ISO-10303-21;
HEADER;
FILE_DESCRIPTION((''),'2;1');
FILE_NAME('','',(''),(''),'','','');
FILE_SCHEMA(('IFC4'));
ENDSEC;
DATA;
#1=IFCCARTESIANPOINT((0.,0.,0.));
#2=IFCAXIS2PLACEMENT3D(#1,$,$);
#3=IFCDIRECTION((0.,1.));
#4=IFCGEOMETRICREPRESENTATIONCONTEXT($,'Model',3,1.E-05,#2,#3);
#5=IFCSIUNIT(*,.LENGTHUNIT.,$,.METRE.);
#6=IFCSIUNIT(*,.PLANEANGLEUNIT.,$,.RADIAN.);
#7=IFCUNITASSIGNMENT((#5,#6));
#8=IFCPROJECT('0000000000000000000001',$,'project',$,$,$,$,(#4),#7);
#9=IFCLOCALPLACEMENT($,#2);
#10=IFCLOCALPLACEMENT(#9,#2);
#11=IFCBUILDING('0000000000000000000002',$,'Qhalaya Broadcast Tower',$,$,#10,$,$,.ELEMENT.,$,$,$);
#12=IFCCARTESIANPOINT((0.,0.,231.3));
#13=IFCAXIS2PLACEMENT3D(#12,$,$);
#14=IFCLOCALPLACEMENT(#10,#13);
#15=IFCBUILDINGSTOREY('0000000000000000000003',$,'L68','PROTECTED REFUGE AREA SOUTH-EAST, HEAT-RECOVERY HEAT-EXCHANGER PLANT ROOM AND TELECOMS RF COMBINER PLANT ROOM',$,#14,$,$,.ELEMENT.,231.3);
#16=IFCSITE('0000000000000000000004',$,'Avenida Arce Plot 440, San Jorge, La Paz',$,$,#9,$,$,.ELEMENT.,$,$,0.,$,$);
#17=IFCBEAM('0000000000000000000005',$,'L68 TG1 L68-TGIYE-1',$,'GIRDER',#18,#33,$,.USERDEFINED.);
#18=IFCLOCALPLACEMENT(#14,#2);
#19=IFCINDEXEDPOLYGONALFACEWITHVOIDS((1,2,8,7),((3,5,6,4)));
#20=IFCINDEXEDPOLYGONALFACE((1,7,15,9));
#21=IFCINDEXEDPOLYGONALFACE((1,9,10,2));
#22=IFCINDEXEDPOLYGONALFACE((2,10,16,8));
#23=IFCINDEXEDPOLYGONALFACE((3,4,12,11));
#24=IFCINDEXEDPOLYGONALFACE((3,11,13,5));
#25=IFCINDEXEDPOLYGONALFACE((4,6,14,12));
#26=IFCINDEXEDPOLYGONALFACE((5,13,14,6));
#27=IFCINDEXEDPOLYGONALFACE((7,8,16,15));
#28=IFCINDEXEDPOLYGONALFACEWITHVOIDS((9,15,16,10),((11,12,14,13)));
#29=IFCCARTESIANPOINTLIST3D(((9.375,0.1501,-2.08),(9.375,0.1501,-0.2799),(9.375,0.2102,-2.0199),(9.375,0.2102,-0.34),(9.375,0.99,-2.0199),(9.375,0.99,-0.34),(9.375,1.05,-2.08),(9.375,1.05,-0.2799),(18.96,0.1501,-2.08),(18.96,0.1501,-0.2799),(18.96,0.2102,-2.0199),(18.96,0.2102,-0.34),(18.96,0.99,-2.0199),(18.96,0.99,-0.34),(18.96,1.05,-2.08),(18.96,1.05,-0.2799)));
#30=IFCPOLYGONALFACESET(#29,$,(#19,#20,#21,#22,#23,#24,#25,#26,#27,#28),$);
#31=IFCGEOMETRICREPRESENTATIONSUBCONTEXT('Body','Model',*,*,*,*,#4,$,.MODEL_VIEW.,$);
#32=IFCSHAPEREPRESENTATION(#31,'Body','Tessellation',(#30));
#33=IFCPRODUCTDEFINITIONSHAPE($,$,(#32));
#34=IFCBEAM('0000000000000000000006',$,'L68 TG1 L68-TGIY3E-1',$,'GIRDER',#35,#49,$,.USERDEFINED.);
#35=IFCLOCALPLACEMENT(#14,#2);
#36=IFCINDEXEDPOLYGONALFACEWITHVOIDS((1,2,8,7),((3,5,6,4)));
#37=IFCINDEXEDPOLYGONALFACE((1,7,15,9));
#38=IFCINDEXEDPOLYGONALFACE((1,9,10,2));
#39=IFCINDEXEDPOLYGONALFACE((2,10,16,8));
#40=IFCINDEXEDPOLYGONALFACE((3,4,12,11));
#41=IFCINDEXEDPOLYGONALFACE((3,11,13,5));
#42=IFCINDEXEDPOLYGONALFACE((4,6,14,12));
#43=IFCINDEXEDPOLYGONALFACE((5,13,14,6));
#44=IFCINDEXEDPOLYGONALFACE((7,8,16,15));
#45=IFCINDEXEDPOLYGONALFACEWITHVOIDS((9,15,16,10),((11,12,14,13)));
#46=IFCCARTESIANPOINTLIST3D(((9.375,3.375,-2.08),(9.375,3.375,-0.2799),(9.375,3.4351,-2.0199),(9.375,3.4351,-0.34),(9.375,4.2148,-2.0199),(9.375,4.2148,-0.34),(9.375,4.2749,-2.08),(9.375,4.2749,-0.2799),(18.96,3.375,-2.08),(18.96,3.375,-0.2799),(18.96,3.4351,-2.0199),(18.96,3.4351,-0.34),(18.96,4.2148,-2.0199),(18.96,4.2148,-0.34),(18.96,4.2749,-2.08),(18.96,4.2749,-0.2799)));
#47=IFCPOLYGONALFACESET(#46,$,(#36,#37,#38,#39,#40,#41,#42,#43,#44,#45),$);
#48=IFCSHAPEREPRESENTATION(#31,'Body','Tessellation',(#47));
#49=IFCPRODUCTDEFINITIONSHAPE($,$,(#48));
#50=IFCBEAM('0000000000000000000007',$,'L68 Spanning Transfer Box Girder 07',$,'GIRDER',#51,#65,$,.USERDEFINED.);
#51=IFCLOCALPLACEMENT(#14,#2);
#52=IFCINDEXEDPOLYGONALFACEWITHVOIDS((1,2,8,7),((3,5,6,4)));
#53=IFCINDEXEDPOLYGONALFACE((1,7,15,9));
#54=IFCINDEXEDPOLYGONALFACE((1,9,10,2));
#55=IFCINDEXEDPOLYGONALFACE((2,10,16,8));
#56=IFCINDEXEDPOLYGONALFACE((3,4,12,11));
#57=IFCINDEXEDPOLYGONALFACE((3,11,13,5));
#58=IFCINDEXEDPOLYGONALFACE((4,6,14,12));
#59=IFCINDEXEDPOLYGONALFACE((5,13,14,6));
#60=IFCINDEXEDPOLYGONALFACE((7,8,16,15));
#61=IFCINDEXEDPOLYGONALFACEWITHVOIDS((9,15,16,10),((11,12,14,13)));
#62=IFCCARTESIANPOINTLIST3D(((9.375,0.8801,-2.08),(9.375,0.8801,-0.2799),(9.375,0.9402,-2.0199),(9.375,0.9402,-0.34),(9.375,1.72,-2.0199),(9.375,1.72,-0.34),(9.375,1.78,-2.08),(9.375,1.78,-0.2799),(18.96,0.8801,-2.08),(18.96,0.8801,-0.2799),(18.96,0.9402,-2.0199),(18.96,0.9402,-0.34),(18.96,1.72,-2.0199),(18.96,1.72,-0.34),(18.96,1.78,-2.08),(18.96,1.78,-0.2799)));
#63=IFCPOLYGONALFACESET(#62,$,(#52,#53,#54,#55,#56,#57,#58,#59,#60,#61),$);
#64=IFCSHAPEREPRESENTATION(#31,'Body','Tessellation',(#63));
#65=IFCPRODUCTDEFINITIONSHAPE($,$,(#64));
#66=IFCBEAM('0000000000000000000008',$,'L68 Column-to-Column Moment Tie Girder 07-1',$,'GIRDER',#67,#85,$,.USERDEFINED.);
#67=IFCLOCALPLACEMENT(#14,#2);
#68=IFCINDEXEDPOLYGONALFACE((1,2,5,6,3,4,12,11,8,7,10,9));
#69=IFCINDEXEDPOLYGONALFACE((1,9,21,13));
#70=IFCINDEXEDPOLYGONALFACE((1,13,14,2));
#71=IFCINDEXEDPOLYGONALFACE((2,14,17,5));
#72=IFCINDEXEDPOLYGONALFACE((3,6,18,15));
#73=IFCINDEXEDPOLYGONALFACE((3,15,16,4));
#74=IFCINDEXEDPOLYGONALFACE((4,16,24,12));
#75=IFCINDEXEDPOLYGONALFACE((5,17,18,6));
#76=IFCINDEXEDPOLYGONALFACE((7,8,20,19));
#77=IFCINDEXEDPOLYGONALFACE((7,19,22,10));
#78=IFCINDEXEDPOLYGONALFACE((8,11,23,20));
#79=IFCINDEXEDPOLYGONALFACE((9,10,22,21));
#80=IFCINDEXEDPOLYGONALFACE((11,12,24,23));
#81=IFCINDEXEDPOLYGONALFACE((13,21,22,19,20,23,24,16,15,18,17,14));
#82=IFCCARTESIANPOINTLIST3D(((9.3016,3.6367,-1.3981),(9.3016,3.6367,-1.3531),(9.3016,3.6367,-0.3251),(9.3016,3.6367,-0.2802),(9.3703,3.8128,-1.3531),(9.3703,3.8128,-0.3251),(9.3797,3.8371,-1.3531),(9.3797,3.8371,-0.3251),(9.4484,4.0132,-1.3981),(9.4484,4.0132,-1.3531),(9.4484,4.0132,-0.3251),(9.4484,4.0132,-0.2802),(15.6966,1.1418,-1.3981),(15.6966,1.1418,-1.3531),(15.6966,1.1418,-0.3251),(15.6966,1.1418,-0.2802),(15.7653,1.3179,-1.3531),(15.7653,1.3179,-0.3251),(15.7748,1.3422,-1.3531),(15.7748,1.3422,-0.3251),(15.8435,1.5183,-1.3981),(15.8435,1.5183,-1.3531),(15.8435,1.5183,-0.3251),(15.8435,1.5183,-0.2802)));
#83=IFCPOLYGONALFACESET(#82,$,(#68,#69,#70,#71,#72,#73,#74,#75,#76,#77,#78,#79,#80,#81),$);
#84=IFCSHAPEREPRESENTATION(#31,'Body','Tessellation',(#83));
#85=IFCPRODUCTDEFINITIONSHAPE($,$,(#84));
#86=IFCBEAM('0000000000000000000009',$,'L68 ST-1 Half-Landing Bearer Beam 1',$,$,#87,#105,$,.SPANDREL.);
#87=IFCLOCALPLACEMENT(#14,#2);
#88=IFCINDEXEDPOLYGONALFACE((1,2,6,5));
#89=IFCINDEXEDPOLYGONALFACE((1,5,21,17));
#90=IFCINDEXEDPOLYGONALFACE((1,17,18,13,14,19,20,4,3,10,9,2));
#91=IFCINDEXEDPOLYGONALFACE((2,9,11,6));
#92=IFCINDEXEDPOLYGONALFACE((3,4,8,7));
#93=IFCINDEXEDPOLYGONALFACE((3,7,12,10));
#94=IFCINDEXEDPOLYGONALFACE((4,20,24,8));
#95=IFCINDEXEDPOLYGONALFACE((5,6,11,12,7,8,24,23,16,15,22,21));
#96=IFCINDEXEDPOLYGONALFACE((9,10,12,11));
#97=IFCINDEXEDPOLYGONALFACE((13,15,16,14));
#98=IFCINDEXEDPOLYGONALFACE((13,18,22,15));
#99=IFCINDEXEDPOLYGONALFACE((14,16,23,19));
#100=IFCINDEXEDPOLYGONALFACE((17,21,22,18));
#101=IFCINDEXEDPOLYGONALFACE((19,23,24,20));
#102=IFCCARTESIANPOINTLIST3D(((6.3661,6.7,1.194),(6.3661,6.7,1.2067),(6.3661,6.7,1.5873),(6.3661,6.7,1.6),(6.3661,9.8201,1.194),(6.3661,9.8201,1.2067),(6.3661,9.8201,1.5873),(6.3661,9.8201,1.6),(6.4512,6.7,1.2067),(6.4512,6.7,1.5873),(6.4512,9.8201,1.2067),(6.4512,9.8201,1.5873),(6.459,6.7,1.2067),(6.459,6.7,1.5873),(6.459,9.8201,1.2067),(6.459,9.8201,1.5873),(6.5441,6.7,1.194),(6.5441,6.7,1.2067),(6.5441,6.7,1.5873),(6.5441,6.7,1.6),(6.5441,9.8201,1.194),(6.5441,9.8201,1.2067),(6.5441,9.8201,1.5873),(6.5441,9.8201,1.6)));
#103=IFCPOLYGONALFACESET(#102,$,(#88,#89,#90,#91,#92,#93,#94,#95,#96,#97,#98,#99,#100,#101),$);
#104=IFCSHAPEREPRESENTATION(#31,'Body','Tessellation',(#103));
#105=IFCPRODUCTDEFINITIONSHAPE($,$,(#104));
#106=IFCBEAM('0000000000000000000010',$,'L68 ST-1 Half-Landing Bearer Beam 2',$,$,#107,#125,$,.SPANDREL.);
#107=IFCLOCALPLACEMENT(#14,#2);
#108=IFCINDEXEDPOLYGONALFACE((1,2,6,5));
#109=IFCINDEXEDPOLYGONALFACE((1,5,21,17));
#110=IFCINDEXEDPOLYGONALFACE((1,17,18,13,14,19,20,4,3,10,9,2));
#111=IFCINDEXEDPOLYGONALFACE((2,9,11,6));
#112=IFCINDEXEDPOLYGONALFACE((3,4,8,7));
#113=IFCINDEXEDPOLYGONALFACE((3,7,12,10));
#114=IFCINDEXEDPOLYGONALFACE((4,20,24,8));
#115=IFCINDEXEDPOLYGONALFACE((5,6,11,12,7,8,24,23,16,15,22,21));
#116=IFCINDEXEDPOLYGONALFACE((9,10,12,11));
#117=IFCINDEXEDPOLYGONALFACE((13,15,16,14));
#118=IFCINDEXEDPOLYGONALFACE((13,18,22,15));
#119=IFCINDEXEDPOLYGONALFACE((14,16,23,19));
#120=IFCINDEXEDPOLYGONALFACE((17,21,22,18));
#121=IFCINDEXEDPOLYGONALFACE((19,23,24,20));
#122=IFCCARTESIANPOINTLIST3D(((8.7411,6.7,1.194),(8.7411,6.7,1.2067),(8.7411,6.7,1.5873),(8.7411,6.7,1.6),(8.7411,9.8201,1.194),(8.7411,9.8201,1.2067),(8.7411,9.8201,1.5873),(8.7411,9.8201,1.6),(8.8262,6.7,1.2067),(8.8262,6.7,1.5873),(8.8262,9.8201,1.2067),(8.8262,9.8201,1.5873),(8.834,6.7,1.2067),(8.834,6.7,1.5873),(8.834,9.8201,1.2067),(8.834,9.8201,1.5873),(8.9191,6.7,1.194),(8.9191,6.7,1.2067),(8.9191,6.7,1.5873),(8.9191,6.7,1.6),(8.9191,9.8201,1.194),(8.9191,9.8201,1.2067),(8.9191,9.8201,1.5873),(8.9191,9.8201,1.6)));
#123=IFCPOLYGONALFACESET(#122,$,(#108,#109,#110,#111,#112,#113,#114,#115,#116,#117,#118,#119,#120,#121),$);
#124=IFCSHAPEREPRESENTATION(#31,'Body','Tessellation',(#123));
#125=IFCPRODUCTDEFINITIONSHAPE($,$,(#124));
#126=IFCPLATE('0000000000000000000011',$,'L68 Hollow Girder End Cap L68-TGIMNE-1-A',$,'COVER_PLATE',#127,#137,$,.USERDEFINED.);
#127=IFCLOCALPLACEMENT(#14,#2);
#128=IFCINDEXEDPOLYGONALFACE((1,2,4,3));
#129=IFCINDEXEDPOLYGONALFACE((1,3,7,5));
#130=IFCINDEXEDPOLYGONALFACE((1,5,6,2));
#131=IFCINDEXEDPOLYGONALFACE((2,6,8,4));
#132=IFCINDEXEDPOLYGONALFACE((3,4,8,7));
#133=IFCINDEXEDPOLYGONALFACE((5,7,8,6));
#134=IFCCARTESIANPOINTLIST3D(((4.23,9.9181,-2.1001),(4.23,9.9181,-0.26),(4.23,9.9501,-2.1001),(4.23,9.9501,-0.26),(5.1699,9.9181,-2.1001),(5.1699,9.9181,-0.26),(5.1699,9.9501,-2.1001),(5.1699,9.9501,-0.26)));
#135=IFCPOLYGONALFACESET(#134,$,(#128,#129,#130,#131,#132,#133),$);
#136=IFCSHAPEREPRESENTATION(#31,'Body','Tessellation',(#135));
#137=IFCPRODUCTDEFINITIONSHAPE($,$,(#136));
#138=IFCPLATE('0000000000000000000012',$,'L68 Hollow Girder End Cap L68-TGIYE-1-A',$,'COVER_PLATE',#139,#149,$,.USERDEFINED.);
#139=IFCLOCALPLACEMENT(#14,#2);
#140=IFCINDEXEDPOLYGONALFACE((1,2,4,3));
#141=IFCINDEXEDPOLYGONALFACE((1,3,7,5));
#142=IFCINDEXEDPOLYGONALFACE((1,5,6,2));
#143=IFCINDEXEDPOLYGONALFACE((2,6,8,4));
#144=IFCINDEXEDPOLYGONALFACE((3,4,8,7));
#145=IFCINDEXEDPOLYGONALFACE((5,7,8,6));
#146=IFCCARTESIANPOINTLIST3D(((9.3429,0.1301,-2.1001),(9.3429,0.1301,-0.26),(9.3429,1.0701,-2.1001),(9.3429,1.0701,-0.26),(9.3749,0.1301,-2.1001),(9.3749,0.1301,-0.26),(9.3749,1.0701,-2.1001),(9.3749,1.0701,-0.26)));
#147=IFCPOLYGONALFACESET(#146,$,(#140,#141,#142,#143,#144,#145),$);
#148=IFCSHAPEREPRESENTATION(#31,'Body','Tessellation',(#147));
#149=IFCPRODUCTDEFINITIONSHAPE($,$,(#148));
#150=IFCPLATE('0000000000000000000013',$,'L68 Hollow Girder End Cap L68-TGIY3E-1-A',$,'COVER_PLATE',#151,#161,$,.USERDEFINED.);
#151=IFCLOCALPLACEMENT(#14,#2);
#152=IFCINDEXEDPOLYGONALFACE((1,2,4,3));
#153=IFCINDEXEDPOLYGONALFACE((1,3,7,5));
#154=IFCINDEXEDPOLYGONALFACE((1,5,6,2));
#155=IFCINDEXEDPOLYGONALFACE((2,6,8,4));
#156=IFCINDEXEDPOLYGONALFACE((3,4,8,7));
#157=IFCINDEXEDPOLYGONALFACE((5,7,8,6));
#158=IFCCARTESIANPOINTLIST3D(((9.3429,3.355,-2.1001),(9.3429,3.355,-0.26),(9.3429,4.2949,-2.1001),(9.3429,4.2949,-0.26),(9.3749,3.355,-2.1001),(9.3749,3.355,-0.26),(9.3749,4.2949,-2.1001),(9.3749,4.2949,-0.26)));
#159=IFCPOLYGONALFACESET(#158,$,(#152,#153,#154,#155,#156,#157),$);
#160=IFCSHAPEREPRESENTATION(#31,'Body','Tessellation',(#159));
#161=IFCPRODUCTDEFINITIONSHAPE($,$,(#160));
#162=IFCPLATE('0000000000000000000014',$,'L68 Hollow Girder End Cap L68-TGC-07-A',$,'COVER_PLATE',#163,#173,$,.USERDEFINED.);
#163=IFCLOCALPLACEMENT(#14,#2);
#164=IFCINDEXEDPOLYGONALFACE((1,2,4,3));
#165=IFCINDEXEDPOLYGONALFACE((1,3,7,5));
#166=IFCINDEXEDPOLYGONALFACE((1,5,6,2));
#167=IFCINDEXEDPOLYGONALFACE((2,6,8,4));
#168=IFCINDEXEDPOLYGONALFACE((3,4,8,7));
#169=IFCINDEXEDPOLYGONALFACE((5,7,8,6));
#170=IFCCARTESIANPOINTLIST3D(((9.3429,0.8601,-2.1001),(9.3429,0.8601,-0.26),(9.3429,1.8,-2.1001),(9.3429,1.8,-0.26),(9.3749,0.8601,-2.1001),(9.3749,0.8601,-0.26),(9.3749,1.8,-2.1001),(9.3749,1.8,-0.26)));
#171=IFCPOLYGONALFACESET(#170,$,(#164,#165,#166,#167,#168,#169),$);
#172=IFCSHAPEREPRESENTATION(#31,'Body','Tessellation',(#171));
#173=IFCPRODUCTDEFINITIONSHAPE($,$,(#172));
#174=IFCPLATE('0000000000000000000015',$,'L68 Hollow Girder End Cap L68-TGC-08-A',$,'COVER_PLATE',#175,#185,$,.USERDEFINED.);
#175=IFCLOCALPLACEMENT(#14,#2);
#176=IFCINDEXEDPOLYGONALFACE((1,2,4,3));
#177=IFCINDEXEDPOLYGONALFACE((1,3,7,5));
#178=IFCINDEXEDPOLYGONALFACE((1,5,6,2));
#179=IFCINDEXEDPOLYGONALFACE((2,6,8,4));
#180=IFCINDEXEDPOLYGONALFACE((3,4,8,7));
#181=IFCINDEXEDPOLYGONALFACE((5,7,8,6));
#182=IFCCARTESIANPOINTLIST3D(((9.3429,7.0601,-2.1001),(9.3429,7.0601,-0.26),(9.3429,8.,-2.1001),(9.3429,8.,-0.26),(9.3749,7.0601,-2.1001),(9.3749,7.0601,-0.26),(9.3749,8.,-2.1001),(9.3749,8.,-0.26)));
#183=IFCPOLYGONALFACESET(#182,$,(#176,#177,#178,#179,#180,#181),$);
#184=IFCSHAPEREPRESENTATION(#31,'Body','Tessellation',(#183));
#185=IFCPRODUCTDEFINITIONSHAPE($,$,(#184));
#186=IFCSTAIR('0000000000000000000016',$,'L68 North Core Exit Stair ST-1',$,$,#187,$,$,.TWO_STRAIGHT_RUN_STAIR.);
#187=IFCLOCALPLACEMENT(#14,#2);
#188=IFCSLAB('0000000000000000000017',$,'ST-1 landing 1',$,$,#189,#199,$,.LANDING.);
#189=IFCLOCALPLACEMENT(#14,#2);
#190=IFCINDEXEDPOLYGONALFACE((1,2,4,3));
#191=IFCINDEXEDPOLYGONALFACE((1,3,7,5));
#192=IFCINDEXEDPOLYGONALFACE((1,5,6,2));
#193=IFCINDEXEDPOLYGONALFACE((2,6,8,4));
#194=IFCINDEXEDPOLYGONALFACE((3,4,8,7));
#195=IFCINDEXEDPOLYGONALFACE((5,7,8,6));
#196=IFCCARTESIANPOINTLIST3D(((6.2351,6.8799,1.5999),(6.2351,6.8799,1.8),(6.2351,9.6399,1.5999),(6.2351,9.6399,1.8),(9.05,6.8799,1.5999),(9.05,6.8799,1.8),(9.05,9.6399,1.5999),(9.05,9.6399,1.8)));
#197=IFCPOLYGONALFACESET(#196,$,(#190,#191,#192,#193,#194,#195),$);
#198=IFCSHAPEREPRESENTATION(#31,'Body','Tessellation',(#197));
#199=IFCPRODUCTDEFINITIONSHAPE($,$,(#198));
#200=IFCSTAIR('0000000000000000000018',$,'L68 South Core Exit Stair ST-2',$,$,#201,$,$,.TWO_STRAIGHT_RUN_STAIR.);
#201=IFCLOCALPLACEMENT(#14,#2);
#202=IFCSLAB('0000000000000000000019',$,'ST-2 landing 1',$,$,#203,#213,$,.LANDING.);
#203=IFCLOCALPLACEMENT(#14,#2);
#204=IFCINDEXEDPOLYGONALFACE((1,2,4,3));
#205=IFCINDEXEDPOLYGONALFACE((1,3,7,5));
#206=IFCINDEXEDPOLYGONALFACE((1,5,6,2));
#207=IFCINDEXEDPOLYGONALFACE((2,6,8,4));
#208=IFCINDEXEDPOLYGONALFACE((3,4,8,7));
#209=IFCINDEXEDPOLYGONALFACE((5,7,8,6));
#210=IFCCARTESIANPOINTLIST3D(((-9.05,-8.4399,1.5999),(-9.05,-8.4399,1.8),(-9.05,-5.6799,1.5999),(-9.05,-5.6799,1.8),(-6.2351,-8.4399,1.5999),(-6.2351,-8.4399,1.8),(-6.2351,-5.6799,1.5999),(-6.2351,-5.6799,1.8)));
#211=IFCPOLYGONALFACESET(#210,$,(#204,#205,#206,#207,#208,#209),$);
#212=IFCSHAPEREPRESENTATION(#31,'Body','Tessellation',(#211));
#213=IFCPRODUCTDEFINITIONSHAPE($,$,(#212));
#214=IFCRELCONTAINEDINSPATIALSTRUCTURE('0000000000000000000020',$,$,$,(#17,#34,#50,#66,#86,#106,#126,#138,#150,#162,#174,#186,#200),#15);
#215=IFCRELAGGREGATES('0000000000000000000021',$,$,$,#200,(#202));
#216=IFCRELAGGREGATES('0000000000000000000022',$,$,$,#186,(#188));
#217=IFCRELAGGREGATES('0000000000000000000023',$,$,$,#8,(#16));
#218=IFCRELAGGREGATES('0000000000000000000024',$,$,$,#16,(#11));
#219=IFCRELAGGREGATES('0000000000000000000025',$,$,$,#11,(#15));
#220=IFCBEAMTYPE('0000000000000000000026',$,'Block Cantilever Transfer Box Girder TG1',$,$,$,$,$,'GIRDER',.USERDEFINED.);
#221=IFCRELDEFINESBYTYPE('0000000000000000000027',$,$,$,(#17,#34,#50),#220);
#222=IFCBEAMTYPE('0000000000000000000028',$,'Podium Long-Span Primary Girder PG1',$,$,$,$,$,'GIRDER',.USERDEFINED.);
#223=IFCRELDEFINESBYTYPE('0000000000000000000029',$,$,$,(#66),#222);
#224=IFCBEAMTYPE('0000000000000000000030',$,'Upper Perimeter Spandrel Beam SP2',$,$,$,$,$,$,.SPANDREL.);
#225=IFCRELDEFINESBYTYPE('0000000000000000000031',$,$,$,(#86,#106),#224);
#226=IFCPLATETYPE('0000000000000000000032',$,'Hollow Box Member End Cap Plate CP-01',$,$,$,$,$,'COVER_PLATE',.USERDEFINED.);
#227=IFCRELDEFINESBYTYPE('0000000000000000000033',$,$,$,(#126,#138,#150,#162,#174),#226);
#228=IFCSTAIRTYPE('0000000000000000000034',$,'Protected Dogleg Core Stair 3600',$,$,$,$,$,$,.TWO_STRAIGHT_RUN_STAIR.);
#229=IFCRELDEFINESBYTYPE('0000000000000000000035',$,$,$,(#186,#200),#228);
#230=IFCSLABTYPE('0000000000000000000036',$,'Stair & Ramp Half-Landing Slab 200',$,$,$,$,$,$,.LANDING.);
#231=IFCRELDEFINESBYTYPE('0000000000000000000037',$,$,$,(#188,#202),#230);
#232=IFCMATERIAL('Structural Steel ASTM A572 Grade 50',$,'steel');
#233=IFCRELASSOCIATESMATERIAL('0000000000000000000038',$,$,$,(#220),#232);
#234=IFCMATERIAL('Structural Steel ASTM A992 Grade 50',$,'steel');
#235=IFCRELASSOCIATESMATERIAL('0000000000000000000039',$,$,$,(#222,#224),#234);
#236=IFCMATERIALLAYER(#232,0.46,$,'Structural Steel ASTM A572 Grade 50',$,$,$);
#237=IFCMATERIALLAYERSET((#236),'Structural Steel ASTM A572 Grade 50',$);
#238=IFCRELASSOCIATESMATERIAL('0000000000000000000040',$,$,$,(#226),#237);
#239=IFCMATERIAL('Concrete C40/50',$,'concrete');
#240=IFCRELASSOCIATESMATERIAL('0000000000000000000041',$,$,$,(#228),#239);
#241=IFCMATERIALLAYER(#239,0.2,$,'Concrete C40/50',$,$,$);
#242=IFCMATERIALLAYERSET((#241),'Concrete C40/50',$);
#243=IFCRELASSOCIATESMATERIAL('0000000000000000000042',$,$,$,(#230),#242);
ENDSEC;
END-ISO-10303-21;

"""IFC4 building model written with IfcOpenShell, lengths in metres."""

from ifc_helpers import new_model, si_unit, direction, frame, origin, origin_2d, place, context, subcontext, project, spatial, polyline, rectangle, hollow_rectangle, i_section, outline, extrude, material, layer, layer_set, material_profile, profile_set, type_object, element, aggregate, save


model = new_model("IFC4")

# Units and contexts
model_context = context("Model", 3, precision=1e-05, world=origin(), true_north=direction((0.0, 1.0)))
body_context = subcontext(model_context, "Body", "Model", "MODEL_VIEW")
ifc_project = project(units=[si_unit("LENGTHUNIT", "METRE"), si_unit("PLANEANGLEUNIT", "RADIAN")], contexts=[model_context])

# Site, building, storey
site_placement = place(None, origin())
site = spatial("IfcSite", under=ifc_project, at=site_placement, Name="Avenida Arce Plot 440, San Jorge, La Paz", CompositionType="ELEMENT", RefElevation=0.0)
building_placement = place(site_placement, origin())
building = spatial("IfcBuilding", under=site, at=building_placement, Name="Qhalaya Broadcast Tower", CompositionType="ELEMENT")
storey_placement = place(building_placement, frame((0.0, 0.0, 231.3)))
storey = spatial("IfcBuildingStorey", under=building, at=storey_placement, Name="L68", Description="PROTECTED REFUGE AREA SOUTH-EAST, HEAT-RECOVERY HEAT-EXCHANGER PLANT ROOM AND TELECOMS RF COMBINER PLANT ROOM", CompositionType="ELEMENT", Elevation=231.3)

# Beams
ifc_material_1 = material(Name="Structural Steel ASTM A572 Grade 50", Category="steel")
ifc_material_profile_1 = material_profile(ifc_material_1, hollow_rectangle(XDim=0.8999, YDim=1.8, WallThickness=0.0601, at=origin_2d()), Name="BOX 900x1800x60")
ifc_profile_set_1 = profile_set([ifc_material_profile_1], Name="Structural Steel ASTM A572 Grade 50")
beam_type_1 = type_object("IfcBeamType", Name="Block Cantilever Transfer Box Girder TG1", ElementType="GIRDER", PredefinedType="USERDEFINED", material=ifc_profile_set_1)
for number, where, z_axis, x_axis, name in (
    (1, (9.375, 0.6001, -1.1799), (1.0, 0.0, 0.0), (0.0, 1.0, 0.0), "L68 TG1 L68-TGIYE-1"),
    (2, (9.375, 3.825, -1.1799), (1.0, 0.0, 0.0), (0.0, 1.0, 0.0), "L68 TG1 L68-TGIY3E-1"),
    (3, (9.375, 1.3301, -1.1799), (1.0, 0.0, 0.0), (0.0, 1.0, 0.0), "L68 Spanning Transfer Box Girder 07"),
):
    element("IfcBeam", number, at=place(storey_placement, frame(where, z_axis=z_axis, x_axis=x_axis)), inside=storey, type_object=beam_type_1, Name=name, ObjectType="GIRDER", PredefinedType="USERDEFINED", context=body_context, shape_type="SweptSolid", body=[
        extrude(hollow_rectangle(XDim=0.8999, YDim=1.8, WallThickness=0.0601, at=origin_2d()), origin(), (0.0, 0.0, 1.0), 9.585),
    ])
ifc_material_2 = material(Name="Structural Steel ASTM A992 Grade 50", Category="steel")
ifc_material_profile_2 = material_profile(ifc_material_2, i_section(OverallWidth=0.4041, OverallDepth=1.1179, WebThickness=0.0261, FlangeThickness=0.0449, at=origin_2d()), Name="W44X335")
ifc_profile_set_2 = profile_set([ifc_material_profile_2], Name="Structural Steel ASTM A992 Grade 50")
beam_type_2 = type_object("IfcBeamType", Name="Podium Long-Span Primary Girder PG1", ElementType="GIRDER", PredefinedType="USERDEFINED", material=ifc_profile_set_2)
beam_placement = place(storey_placement, frame((9.375, 3.825, -0.8391), z_axis=(0.931614, -0.363448, 0.0), x_axis=(0.363448, 0.931614, 0.0)))
element("IfcBeam", 4, at=beam_placement, inside=storey, type_object=beam_type_2, Name="L68 Column-to-Column Moment Tie Girder 07-1", ObjectType="GIRDER", PredefinedType="USERDEFINED", context=body_context, shape_type="SweptSolid", body=[
    extrude(i_section(OverallWidth=0.4041, OverallDepth=1.1179, WebThickness=0.0261, FlangeThickness=0.0449, at=origin_2d()), origin(), (0.0, 0.0, 1.0), 6.8645),
])
ifc_material_profile_3 = material_profile(ifc_material_2, i_section(OverallWidth=0.178, OverallDepth=0.406, WebThickness=0.0078, FlangeThickness=0.0127, at=origin_2d()), Name="W16X40")
ifc_profile_set_3 = profile_set([ifc_material_profile_3], Name="Structural Steel ASTM A992 Grade 50")
beam_type_3 = type_object("IfcBeamType", Name="Upper Perimeter Spandrel Beam SP2", PredefinedType="SPANDREL", material=ifc_profile_set_3)
for number, where, z_axis, x_axis, name in (
    (5, (6.4551, 6.7, 1.397), (0.0, 1.0, 0.0), (-1.0, 0.0, 0.0), "L68 ST-1 Half-Landing Bearer Beam 1"),
    (6, (8.8301, 6.7, 1.397), (0.0, 1.0, 0.0), (-1.0, 0.0, 0.0), "L68 ST-1 Half-Landing Bearer Beam 2"),
):
    element("IfcBeam", number, at=place(storey_placement, frame(where, z_axis=z_axis, x_axis=x_axis)), inside=storey, type_object=beam_type_3, Name=name, PredefinedType="SPANDREL", context=body_context, shape_type="SweptSolid", body=[
        extrude(i_section(OverallWidth=0.178, OverallDepth=0.406, WebThickness=0.0078, FlangeThickness=0.0127, at=origin_2d()), origin(), (0.0, 0.0, 1.0), 3.1201),
    ])

# Plates
ifc_layer_1 = layer(ifc_material_1, 0.46, Name="Structural Steel ASTM A572 Grade 50")
ifc_layer_set_1 = layer_set([ifc_layer_1], Name="Structural Steel ASTM A572 Grade 50")
plate_type = type_object("IfcPlateType", Name="Hollow Box Member End Cap Plate CP-01", ElementType="COVER_PLATE", PredefinedType="USERDEFINED", material=ifc_layer_set_1)
for number, where, z_axis, x_axis, name in (
    (7, (4.7, 9.9341, -2.1001), (0.0, 0.0, 1.0), (-1.0, 0.0, 0.0), "L68 Hollow Girder End Cap L68-TGIMNE-1-A"),
    (8, (9.3589, 0.6001, -2.1001), (0.0, 0.0, 1.0), (0.0, 1.0, 0.0), "L68 Hollow Girder End Cap L68-TGIYE-1-A"),
    (9, (9.3589, 3.825, -2.1001), (0.0, 0.0, 1.0), (0.0, 1.0, 0.0), "L68 Hollow Girder End Cap L68-TGIY3E-1-A"),
    (10, (9.3589, 1.3301, -2.1001), (0.0, 0.0, 1.0), (0.0, 1.0, 0.0), "L68 Hollow Girder End Cap L68-TGC-07-A"),
    (11, (9.3589, 7.53, -2.1001), (0.0, 0.0, 1.0), (0.0, 1.0, 0.0), "L68 Hollow Girder End Cap L68-TGC-08-A"),
):
    element("IfcPlate", number, at=place(storey_placement, frame(where, z_axis=z_axis, x_axis=x_axis)), inside=storey, type_object=plate_type, Name=name, ObjectType="COVER_PLATE", PredefinedType="USERDEFINED", context=body_context, shape_type="SweptSolid", body=[
        extrude(rectangle(XDim=0.9399, YDim=0.032, at=origin_2d()), origin(), (0.0, 0.0, 1.0), 1.8401),
    ])

# Stairs, slabs
ifc_material_3 = material(Name="Concrete C40/50", Category="concrete")
stair_type = type_object("IfcStairType", Name="Protected Dogleg Core Stair 3600", PredefinedType="TWO_STRAIGHT_RUN_STAIR", material=ifc_material_3)
stair_1_placement = place(storey_placement, origin())
stair_1 = element("IfcStair", 12, at=stair_1_placement, inside=storey, type_object=stair_type, Name="L68 North Core Exit Stair ST-1", PredefinedType="TWO_STRAIGHT_RUN_STAIR")
ifc_layer_2 = layer(ifc_material_3, 0.2, Name="Concrete C40/50")
ifc_layer_set_2 = layer_set([ifc_layer_2], Name="Concrete C40/50")
slab_type = type_object("IfcSlabType", Name="Stair & Ramp Half-Landing Slab 200", PredefinedType="LANDING", material=ifc_layer_set_2)
slab_1_placement = place(storey_placement, frame((0.0, 0.0, 1.5999)))
slab_1 = element("IfcSlab", 13, at=slab_1_placement, type_object=slab_type, Name="ST-1 landing 1", PredefinedType="LANDING", context=body_context, shape_type="SweptSolid", body=[
    extrude(outline(polyline([(6.2351, 6.8799), (9.05, 6.8799), (9.05, 9.6399), (6.2351, 9.6399), (6.2351, 6.8799)])), origin(), (0.0, 0.0, 1.0), 0.2002),
])
stair_2_placement = place(storey_placement, origin())
stair_2 = element("IfcStair", 14, at=stair_2_placement, inside=storey, type_object=stair_type, Name="L68 South Core Exit Stair ST-2", PredefinedType="TWO_STRAIGHT_RUN_STAIR")
slab_2_placement = place(storey_placement, frame((0.0, 0.0, 1.5999)))
slab_2 = element("IfcSlab", 15, at=slab_2_placement, type_object=slab_type, Name="ST-2 landing 1", PredefinedType="LANDING", context=body_context, shape_type="SweptSolid", body=[
    extrude(outline(polyline([(-6.2351, -5.6799), (-9.05, -5.6799), (-9.05, -8.4399), (-6.2351, -8.4399), (-6.2351, -5.6799)])), origin(), (0.0, 0.0, 1.0), 0.2002),
])
aggregate(stair_2, [slab_2])

aggregate(stair_1, [slab_1])

save(model, "model.ifc")
